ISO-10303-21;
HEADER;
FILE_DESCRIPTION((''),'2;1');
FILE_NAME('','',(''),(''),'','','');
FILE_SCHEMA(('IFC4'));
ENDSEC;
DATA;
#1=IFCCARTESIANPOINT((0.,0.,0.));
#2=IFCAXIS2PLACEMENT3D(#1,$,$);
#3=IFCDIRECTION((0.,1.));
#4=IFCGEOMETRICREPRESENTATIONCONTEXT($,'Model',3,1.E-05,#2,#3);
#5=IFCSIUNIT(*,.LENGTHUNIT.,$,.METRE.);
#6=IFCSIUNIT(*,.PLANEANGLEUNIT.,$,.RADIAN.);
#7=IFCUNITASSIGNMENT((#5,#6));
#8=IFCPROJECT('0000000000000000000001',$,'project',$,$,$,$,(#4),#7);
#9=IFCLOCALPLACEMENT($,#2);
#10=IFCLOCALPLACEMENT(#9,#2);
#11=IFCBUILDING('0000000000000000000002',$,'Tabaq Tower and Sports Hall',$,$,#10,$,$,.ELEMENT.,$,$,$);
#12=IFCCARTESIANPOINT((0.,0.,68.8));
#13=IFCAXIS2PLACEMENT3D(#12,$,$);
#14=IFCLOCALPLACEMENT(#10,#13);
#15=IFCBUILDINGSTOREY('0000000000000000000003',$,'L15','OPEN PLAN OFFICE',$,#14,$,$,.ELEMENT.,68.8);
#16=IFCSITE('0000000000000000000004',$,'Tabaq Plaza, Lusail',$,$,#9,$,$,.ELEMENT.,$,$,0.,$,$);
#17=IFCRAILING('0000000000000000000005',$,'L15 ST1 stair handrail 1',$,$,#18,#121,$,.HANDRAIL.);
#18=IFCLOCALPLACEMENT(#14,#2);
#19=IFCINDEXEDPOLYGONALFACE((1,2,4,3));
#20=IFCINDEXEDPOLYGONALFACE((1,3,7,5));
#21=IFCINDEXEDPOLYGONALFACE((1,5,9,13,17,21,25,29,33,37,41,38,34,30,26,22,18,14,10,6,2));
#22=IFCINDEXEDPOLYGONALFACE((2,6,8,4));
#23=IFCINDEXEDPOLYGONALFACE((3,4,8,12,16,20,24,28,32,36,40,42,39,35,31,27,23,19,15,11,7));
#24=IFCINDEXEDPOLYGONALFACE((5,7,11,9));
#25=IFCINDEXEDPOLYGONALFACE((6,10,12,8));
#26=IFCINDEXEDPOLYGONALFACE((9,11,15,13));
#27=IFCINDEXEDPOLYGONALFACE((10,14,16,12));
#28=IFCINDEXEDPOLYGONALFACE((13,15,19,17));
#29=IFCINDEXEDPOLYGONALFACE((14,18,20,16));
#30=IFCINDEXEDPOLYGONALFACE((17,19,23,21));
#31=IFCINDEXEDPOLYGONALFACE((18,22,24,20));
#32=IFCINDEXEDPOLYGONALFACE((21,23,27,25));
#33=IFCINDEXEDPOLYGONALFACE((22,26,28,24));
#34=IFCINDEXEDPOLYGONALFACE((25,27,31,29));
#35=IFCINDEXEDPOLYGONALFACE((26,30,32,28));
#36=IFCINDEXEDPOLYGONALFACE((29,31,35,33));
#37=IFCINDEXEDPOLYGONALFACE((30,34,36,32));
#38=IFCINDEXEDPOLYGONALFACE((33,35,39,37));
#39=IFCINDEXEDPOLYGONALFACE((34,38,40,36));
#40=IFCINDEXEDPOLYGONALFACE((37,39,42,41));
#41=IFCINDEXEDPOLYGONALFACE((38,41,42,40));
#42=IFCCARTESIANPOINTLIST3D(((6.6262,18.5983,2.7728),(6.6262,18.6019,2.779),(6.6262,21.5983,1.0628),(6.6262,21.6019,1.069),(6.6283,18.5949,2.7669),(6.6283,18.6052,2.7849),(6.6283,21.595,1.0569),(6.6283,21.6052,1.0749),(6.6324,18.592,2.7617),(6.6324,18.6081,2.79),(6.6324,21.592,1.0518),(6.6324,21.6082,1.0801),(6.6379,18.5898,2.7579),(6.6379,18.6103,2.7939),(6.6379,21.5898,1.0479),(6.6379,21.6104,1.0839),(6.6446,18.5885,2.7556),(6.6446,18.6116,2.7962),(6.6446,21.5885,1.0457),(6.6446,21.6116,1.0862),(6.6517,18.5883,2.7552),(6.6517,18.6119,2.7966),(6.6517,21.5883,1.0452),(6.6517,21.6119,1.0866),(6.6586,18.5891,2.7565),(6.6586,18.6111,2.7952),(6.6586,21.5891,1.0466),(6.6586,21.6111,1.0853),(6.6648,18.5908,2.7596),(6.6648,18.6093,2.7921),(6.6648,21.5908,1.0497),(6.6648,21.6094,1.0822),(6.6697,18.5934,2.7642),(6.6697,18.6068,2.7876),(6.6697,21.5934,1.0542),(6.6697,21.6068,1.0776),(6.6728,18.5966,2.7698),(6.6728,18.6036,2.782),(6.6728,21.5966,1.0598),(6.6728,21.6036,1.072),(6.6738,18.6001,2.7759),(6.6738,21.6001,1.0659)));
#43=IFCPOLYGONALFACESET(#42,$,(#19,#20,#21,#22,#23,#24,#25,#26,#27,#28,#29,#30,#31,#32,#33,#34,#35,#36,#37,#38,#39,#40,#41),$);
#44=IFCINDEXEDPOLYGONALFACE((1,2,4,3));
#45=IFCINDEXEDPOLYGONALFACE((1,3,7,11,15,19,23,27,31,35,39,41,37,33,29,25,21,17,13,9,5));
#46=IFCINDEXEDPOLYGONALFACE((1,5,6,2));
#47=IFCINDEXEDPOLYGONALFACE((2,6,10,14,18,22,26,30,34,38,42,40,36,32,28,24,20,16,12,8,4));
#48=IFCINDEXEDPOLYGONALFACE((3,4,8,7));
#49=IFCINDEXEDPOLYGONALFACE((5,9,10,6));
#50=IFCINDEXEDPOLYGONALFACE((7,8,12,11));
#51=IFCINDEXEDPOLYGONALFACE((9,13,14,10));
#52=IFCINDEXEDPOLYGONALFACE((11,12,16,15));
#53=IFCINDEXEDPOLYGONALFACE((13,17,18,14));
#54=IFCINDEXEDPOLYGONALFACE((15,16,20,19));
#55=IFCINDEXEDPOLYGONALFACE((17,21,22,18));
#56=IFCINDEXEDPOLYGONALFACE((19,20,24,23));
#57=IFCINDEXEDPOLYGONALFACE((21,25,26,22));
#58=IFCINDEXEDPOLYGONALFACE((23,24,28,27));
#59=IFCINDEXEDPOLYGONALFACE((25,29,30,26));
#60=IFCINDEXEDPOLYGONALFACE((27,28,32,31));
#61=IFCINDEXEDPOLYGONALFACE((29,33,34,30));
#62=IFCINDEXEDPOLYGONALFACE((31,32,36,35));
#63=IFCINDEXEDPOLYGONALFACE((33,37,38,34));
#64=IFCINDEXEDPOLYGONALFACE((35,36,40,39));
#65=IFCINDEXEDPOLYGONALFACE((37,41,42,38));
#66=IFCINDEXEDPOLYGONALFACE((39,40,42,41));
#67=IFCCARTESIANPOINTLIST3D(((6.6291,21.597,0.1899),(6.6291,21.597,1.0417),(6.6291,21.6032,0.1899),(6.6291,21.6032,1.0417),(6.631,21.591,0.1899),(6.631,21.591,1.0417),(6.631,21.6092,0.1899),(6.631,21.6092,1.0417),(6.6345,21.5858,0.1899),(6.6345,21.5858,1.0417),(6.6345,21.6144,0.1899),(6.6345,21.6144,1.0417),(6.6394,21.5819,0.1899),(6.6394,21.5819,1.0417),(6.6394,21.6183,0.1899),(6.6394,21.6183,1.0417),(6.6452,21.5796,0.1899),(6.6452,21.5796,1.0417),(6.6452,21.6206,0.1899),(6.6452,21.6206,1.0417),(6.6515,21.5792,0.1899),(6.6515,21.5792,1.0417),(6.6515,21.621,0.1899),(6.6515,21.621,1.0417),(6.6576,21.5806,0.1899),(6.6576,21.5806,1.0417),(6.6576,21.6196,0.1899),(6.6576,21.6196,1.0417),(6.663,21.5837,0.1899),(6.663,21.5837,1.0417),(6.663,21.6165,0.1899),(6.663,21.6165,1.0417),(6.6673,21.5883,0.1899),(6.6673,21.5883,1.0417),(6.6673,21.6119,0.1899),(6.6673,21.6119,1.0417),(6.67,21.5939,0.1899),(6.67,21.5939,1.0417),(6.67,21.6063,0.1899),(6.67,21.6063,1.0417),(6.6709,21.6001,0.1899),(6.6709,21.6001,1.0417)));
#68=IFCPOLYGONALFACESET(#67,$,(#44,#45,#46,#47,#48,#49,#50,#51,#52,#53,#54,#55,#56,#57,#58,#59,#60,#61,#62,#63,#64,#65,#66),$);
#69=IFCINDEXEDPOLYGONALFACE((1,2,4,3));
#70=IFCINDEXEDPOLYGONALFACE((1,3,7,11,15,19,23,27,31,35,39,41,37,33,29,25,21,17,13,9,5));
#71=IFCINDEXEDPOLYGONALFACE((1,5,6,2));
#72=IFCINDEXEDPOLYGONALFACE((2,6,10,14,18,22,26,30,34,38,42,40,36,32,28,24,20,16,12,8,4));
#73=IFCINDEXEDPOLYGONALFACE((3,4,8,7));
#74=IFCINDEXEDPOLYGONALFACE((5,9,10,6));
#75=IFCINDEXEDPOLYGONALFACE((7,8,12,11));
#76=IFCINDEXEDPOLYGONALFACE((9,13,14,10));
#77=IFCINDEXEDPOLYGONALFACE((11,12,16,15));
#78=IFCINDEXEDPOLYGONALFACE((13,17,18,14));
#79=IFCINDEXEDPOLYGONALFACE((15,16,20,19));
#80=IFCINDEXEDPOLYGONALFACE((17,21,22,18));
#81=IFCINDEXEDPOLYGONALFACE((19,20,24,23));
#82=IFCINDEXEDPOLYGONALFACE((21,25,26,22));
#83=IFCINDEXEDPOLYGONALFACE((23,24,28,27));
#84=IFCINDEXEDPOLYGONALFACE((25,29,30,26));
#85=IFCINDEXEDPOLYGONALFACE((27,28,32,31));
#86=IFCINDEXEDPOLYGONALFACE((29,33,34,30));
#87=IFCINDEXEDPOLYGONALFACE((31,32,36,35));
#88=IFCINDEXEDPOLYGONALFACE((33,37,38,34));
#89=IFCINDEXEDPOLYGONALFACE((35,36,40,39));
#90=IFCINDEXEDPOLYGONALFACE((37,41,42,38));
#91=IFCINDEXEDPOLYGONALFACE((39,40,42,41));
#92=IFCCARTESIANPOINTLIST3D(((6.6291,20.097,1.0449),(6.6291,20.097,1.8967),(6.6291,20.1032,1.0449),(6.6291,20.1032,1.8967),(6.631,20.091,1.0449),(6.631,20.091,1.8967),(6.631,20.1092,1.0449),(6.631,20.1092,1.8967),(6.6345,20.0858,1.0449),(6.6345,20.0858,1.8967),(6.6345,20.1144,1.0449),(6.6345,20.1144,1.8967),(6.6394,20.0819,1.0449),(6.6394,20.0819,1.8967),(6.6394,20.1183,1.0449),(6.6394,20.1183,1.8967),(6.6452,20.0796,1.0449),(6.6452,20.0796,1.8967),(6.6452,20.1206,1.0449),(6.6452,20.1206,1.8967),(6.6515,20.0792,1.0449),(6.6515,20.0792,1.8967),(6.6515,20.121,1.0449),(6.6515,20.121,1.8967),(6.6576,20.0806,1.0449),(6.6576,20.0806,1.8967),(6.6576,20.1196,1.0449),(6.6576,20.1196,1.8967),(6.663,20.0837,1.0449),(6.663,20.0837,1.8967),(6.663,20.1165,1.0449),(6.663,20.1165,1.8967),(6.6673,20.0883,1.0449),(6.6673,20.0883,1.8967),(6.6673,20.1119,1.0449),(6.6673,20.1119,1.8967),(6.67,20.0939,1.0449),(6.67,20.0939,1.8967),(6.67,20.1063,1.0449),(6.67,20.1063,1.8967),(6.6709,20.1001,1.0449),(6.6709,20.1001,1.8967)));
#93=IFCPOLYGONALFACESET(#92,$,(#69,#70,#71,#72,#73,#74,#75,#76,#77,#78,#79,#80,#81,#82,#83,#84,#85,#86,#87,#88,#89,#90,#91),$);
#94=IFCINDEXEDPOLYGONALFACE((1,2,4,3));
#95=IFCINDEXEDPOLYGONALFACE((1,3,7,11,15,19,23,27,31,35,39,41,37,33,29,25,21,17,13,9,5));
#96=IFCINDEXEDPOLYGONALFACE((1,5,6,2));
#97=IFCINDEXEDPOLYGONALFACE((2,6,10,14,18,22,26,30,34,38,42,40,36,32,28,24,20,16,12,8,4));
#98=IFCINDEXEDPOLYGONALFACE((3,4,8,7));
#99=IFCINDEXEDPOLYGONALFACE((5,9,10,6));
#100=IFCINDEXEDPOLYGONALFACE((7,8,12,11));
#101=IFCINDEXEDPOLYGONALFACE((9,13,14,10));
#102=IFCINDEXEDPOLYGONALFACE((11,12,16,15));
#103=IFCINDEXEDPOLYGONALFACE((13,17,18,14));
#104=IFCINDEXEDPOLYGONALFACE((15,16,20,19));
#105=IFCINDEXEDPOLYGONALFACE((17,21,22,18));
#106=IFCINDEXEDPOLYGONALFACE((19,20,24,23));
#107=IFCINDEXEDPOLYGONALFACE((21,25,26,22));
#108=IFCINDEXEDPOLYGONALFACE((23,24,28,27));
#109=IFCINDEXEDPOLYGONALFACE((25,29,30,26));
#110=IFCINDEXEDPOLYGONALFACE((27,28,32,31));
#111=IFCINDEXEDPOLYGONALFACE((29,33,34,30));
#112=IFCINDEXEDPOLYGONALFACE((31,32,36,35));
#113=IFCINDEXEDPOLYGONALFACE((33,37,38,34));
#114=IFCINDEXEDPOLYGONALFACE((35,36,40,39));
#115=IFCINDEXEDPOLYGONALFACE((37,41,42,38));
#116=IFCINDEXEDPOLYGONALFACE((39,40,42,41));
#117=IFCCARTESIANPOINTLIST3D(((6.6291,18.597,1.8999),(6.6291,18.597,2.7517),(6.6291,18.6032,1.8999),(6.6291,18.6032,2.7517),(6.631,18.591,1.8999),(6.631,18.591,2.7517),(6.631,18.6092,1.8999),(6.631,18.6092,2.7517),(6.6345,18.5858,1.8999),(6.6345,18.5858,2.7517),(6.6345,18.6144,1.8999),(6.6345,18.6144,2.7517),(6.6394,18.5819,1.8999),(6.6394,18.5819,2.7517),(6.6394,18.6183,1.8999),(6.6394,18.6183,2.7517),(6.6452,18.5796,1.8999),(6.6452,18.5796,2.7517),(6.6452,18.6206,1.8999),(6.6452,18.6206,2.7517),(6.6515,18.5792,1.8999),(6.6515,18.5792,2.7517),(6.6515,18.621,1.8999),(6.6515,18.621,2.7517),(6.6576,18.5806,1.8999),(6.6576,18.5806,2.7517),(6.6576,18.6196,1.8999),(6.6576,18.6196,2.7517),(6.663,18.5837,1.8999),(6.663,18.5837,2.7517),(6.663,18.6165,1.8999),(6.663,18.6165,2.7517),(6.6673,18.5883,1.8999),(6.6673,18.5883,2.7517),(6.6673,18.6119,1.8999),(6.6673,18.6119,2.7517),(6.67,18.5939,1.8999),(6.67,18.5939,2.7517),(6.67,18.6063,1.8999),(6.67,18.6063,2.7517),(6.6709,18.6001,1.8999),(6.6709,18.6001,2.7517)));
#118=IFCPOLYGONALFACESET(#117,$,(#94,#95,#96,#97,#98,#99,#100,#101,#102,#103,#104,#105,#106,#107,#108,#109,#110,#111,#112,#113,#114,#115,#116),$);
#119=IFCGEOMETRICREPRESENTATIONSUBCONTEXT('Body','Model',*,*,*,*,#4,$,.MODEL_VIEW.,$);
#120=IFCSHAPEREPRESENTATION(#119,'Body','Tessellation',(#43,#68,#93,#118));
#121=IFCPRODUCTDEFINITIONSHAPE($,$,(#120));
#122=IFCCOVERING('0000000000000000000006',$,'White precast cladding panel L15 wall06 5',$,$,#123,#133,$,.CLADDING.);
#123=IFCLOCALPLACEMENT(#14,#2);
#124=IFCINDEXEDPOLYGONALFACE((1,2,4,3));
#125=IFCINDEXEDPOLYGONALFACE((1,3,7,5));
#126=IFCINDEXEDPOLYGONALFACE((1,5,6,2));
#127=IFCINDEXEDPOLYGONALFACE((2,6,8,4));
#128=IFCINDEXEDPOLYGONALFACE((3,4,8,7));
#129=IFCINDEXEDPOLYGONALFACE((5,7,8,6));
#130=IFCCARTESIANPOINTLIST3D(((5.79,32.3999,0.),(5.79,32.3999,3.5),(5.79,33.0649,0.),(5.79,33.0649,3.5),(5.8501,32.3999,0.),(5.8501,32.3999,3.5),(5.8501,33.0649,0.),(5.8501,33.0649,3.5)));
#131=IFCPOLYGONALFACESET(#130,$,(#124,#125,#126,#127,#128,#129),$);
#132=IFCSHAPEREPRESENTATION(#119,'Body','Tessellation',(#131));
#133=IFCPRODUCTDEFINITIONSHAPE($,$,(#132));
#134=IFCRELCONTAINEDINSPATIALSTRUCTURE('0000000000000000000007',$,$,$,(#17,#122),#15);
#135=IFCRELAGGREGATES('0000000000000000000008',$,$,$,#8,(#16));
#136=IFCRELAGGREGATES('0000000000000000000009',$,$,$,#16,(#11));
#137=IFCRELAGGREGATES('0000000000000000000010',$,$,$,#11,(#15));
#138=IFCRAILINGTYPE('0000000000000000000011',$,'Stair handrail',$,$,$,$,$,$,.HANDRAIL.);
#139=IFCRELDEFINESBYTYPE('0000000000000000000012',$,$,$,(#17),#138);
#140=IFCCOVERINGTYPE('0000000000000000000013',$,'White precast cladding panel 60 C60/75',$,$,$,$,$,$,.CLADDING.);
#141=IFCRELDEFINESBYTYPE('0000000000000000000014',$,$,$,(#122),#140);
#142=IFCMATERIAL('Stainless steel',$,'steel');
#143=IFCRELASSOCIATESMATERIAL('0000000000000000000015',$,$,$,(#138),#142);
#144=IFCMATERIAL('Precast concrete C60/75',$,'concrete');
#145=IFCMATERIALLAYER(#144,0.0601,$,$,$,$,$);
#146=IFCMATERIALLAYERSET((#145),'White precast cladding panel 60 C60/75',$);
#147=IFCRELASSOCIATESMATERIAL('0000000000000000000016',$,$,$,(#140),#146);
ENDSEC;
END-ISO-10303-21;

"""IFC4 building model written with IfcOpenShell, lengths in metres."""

from ifc_helpers import new_model, si_unit, direction, frame, frame_2d, origin, origin_2d, place, context, subcontext, project, spatial, rectangle, circle, extrude, material, layer, layer_set, type_object, element, save


model = new_model("IFC4")

# Units and contexts
model_context = context("Model", 3, precision=1e-05, world=origin(), true_north=direction((0.0, 1.0)))
body_context = subcontext(model_context, "Body", "Model", "MODEL_VIEW")
ifc_project = project(units=[si_unit("LENGTHUNIT", "METRE"), si_unit("PLANEANGLEUNIT", "RADIAN")], contexts=[model_context])

# Site, building, storey
site_placement = place(None, origin())
site = spatial("IfcSite", under=ifc_project, at=site_placement, Name="Tabaq Plaza, Lusail", CompositionType="ELEMENT", RefElevation=0.0)
building_placement = place(site_placement, origin())
building = spatial("IfcBuilding", under=site, at=building_placement, Name="Tabaq Tower and Sports Hall", CompositionType="ELEMENT")
storey_placement = place(building_placement, frame((0.0, 0.0, 68.8)))
storey = spatial("IfcBuildingStorey", under=building, at=storey_placement, Name="L15", Description="OPEN PLAN OFFICE", CompositionType="ELEMENT", Elevation=68.8)

# Railing
ifc_material_1 = material(Name="Stainless steel", Category="steel")
railing_type_1 = type_object("IfcRailingType", Name="Stair handrail", PredefinedType="HANDRAIL", material=ifc_material_1)
railing_1_placement = place(storey_placement, frame((6.6499, 21.6001, 0.1899)))
element("IfcRailing", 1, at=railing_1_placement, inside=storey, type_object=railing_type_1, Name="L15 ST1 stair handrail 1", PredefinedType="HANDRAIL", context=body_context, shape_type="SweptSolid", body=[
    extrude(circle(Radius=0.0239, at=origin_2d()), frame((0.0, 0.0, 0.876), z_axis=(0.0, -0.868782, 0.495195), x_axis=(1.0, 0.0, 0.0)), (0.0, 0.0, 1.0), 3.4531),
    extrude(circle(Radius=0.021, at=origin_2d()), origin(), (0.0, 0.0, 1.0), 0.8518),
    extrude(circle(Radius=0.021, at=origin_2d()), frame((0.0, -1.5, 0.855)), (0.0, 0.0, 1.0), 0.8518),
    extrude(circle(Radius=0.021, at=origin_2d()), frame((0.0, -3.0, 1.71)), (0.0, 0.0, 1.0), 0.8518),
])

# Covering
ifc_material_2 = material(Name="Precast concrete C60/75", Category="concrete")
ifc_layer_1 = layer(ifc_material_2, 0.0601)
ifc_layer_set_1 = layer_set([ifc_layer_1], Name="White precast cladding panel 60 C60/75")
covering_type = type_object("IfcCoveringType", Name="White precast cladding panel 60 C60/75", PredefinedType="CLADDING", material=ifc_layer_set_1)
covering_placement = place(storey_placement, frame((5.8201, 33.0649, 0.0), z_axis=(0.0, 0.0, 1.0), x_axis=(0.0, -1.0, 0.0)))
element("IfcCovering", 2, at=covering_placement, inside=storey, type_object=covering_type, Name="White precast cladding panel L15 wall06 5", PredefinedType="CLADDING", context=body_context, shape_type="SweptSolid", body=[
    extrude(rectangle(XDim=0.665, YDim=0.0601, at=frame_2d((0.3325, 0.0))), origin(), (0.0, 0.0, 1.0), 3.5),
])

save(model, "model.ifc")
